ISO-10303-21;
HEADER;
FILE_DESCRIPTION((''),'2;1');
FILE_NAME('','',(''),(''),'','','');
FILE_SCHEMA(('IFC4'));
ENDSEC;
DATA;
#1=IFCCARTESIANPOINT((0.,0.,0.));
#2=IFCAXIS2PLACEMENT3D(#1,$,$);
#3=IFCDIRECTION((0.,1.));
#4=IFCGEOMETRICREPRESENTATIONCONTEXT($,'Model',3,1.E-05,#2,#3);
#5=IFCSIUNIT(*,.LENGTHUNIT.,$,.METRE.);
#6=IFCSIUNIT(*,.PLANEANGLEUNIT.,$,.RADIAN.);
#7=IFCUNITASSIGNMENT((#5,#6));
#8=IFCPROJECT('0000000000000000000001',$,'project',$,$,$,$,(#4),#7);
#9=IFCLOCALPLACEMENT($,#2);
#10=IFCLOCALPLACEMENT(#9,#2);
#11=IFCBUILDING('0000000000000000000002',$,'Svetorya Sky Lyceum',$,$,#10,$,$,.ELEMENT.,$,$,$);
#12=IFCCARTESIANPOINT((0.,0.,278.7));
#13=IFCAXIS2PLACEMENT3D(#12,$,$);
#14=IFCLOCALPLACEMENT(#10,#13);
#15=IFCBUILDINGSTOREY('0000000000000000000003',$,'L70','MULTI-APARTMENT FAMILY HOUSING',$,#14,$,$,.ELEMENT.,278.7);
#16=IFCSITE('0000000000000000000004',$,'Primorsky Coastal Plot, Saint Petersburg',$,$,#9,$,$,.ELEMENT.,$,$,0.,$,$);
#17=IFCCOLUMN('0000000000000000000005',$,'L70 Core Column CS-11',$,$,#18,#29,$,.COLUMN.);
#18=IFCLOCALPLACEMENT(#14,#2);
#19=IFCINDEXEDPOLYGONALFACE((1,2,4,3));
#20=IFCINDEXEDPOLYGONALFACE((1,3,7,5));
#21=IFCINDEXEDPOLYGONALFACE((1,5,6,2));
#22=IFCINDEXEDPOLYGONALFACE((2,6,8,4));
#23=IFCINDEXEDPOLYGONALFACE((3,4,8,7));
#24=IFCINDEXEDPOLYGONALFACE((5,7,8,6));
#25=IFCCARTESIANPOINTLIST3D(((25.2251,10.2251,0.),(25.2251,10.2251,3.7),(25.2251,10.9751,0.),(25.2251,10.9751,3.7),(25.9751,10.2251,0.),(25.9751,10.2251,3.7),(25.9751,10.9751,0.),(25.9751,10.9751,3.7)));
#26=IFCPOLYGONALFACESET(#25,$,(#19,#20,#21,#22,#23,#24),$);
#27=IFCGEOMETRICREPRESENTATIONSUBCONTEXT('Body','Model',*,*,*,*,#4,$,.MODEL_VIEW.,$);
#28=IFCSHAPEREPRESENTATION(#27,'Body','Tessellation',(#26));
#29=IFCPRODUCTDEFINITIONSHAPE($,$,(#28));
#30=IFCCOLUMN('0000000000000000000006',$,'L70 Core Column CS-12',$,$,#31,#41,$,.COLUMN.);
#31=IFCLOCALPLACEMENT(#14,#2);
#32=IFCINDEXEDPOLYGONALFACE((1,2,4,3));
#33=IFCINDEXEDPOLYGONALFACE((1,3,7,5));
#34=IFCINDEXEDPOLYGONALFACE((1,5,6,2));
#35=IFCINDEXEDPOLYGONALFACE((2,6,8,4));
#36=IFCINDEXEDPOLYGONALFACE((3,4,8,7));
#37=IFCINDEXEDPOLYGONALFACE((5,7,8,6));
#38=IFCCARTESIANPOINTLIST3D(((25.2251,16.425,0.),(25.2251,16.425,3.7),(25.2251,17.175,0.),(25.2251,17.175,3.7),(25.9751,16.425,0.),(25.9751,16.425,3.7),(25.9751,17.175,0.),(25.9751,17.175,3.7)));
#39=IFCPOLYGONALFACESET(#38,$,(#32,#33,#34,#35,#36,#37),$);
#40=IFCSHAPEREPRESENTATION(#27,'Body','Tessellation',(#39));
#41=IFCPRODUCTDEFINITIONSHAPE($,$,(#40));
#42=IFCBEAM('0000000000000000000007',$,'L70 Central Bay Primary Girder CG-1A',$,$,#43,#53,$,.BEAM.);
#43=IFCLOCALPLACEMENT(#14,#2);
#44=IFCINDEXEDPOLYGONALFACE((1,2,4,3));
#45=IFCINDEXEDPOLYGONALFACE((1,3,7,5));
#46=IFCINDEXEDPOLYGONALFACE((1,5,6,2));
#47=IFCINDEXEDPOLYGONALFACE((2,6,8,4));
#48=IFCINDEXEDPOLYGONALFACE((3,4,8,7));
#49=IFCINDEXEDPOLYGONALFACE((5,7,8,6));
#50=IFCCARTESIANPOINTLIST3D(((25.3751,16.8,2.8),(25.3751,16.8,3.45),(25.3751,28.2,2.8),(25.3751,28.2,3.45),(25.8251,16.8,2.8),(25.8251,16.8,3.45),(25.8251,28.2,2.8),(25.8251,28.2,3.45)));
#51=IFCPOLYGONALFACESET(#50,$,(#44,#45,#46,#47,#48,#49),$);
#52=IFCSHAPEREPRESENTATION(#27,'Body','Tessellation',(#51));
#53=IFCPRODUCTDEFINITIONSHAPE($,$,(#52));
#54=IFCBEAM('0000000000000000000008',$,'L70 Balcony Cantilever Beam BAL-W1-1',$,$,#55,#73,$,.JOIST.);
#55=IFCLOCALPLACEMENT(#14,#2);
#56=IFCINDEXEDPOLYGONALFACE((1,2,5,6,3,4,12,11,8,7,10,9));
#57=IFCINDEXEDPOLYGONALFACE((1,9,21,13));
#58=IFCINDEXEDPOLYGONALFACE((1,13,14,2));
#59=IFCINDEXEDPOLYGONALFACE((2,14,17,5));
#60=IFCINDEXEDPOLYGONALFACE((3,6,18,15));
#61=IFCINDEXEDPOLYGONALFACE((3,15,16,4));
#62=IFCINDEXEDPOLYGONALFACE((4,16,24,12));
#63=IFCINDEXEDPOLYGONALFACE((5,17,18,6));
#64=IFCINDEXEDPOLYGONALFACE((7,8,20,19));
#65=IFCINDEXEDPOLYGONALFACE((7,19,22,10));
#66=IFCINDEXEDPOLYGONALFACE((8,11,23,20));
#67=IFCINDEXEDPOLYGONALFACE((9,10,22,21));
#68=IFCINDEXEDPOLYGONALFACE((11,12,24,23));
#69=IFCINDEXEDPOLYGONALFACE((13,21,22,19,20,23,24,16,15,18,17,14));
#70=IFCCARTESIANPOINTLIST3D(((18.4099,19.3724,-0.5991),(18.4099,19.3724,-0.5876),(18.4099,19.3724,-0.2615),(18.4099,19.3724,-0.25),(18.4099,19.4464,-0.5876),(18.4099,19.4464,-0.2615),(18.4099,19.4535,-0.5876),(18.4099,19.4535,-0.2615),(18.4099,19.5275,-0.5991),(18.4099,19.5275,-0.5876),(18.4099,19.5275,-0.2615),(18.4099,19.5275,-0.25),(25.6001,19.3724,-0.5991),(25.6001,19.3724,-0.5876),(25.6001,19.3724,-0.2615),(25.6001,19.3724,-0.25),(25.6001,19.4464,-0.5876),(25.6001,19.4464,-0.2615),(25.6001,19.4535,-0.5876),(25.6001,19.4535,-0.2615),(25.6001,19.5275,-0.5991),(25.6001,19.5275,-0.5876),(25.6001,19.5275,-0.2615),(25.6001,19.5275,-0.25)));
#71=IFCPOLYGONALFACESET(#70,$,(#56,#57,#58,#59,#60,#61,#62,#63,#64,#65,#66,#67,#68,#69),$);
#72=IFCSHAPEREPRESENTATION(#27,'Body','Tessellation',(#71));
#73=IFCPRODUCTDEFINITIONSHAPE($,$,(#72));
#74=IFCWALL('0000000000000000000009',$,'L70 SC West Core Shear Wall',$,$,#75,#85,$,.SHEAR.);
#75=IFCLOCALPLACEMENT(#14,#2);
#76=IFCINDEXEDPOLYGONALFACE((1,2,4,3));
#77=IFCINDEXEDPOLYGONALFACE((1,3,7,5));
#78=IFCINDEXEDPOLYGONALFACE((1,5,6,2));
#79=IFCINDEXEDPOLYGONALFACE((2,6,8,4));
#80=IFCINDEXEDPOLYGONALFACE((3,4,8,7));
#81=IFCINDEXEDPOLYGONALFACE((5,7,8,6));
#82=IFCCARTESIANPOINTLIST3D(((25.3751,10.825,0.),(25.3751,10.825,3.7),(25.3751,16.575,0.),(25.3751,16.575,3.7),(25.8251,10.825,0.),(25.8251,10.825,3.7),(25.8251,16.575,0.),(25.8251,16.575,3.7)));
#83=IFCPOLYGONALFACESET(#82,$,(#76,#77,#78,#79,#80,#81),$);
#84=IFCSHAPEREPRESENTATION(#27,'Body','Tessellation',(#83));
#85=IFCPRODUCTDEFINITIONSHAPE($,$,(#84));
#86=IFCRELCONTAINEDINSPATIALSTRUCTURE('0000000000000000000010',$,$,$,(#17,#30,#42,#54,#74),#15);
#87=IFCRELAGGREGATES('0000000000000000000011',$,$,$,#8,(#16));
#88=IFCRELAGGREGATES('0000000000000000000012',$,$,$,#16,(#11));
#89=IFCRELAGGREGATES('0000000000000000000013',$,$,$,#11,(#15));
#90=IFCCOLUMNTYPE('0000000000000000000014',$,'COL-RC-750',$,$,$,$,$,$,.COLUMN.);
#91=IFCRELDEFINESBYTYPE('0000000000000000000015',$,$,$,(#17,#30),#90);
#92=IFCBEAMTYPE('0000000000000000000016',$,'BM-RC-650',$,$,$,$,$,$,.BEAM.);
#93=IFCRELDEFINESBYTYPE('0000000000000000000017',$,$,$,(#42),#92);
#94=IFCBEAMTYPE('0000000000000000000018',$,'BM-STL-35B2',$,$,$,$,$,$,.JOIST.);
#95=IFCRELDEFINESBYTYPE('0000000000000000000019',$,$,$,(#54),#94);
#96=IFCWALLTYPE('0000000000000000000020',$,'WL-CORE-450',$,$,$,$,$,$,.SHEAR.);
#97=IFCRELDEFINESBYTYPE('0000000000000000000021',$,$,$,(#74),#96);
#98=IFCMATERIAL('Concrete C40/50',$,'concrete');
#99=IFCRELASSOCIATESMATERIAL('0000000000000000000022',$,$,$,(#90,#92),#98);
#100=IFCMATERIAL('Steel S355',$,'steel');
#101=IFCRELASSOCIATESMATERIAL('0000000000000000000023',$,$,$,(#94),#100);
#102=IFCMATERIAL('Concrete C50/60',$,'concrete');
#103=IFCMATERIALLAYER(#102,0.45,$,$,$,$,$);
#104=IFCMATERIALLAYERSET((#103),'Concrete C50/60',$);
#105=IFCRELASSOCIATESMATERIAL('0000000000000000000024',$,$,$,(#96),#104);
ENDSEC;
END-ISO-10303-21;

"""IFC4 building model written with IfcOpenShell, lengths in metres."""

from ifc_helpers import new_model, si_unit, direction, frame, frame_2d, origin, origin_2d, place, context, subcontext, project, spatial, rectangle, i_section, extrude, material, layer, layer_set, material_profile, profile_set, type_object, element, save


model = new_model("IFC4")

# Units and contexts
model_context = context("Model", 3, precision=1e-05, world=origin(), true_north=direction((0.0, 1.0)))
body_context = subcontext(model_context, "Body", "Model", "MODEL_VIEW")
ifc_project = project(units=[si_unit("LENGTHUNIT", "METRE"), si_unit("PLANEANGLEUNIT", "RADIAN")], contexts=[model_context])

# Site, building, storey
site_placement = place(None, origin())
site = spatial("IfcSite", under=ifc_project, at=site_placement, Name="Primorsky Coastal Plot, Saint Petersburg", CompositionType="ELEMENT", RefElevation=0.0)
building_placement = place(site_placement, origin())
building = spatial("IfcBuilding", under=site, at=building_placement, Name="Svetorya Sky Lyceum", CompositionType="ELEMENT")
storey_placement = place(building_placement, frame((0.0, 0.0, 278.7)))
storey = spatial("IfcBuildingStorey", under=building, at=storey_placement, Name="L70", Description="MULTI-APARTMENT FAMILY HOUSING", CompositionType="ELEMENT", Elevation=278.7)

# Columns
ifc_material_1 = material(Name="Concrete C40/50", Category="concrete")
ifc_material_profile_1 = material_profile(ifc_material_1, rectangle(XDim=0.75, YDim=0.75, at=origin_2d()), Name="RC COL 750x750")
ifc_profile_set_1 = profile_set([ifc_material_profile_1], Name="Concrete C40/50")
column_type = type_object("IfcColumnType", Name="COL-RC-750", PredefinedType="COLUMN", material=ifc_profile_set_1)
for number, where, z_axis, x_axis, name in (
    (1, (25.6001, 10.6001, 0.0), (0.0, 0.0, 1.0), (1.0, 0.0, 0.0), "L70 Core Column CS-11"),
    (2, (25.6001, 16.8, 0.0), (0.0, 0.0, 1.0), (1.0, 0.0, 0.0), "L70 Core Column CS-12"),
):
    element("IfcColumn", number, at=place(storey_placement, frame(where, z_axis=z_axis, x_axis=x_axis)), inside=storey, type_object=column_type, Name=name, PredefinedType="COLUMN", context=body_context, shape_type="SweptSolid", body=[
        extrude(rectangle(XDim=0.75, YDim=0.75, at=origin_2d()), origin(), (0.0, 0.0, 1.0), 3.7),
    ])

# Beams
ifc_material_profile_2 = material_profile(ifc_material_1, rectangle(XDim=0.45, YDim=0.6499, at=origin_2d()), Name="RC BEAM 450x650")
ifc_profile_set_2 = profile_set([ifc_material_profile_2], Name="Concrete C40/50")
beam_type_1 = type_object("IfcBeamType", Name="BM-RC-650", PredefinedType="BEAM", material=ifc_profile_set_2)
beam_1_placement = place(storey_placement, frame((25.6001, 16.8, 3.125), z_axis=(0.0, 1.0, 0.0), x_axis=(-1.0, 0.0, 0.0)))
element("IfcBeam", 3, at=beam_1_placement, inside=storey, type_object=beam_type_1, Name="L70 Central Bay Primary Girder CG-1A", PredefinedType="BEAM", context=body_context, shape_type="SweptSolid", body=[
    extrude(rectangle(XDim=0.45, YDim=0.6499, at=origin_2d()), origin(), (0.0, 0.0, 1.0), 11.3999),
])
ifc_material_2 = material(Name="Steel S355", Category="steel")
ifc_material_profile_3 = material_profile(ifc_material_2, i_section(OverallWidth=0.155, OverallDepth=0.3491, WebThickness=0.0071, FlangeThickness=0.0115, at=origin_2d()), Name="GOST 35B2")
ifc_profile_set_3 = profile_set([ifc_material_profile_3], Name="Steel S355")
beam_type_2 = type_object("IfcBeamType", Name="BM-STL-35B2", PredefinedType="JOIST", material=ifc_profile_set_3)
beam_2_placement = place(storey_placement, frame((25.6001, 19.45, -0.4246), z_axis=(-1.0, 0.0, 0.0), x_axis=(0.0, -1.0, 0.0)))
element("IfcBeam", 4, at=beam_2_placement, inside=storey, type_object=beam_type_2, Name="L70 Balcony Cantilever Beam BAL-W1-1", PredefinedType="JOIST", context=body_context, shape_type="SweptSolid", body=[
    extrude(i_section(OverallWidth=0.155, OverallDepth=0.3491, WebThickness=0.0071, FlangeThickness=0.0115, at=origin_2d()), origin(), (0.0, 0.0, 1.0), 7.1902),
])

# Wall
ifc_material_3 = material(Name="Concrete C50/60", Category="concrete")
ifc_layer_1 = layer(ifc_material_3, 0.45)
ifc_layer_set_1 = layer_set([ifc_layer_1], Name="Concrete C50/60")
wall_type_1 = type_object("IfcWallType", Name="WL-CORE-450", PredefinedType="SHEAR", material=ifc_layer_set_1)
wall_1_placement = place(storey_placement, frame((25.6001, 10.825, 0.0), z_axis=(0.0, 0.0, 1.0), x_axis=(0.0, 1.0, 0.0)))
element("IfcWall", 5, at=wall_1_placement, inside=storey, type_object=wall_type_1, Name="L70 SC West Core Shear Wall", PredefinedType="SHEAR", context=body_context, shape_type="SweptSolid", body=[
    extrude(rectangle(XDim=5.75, YDim=0.45, at=frame_2d((2.875, 0.0))), origin(), (0.0, 0.0, 1.0), 3.7),
])

save(model, "model.ifc")
